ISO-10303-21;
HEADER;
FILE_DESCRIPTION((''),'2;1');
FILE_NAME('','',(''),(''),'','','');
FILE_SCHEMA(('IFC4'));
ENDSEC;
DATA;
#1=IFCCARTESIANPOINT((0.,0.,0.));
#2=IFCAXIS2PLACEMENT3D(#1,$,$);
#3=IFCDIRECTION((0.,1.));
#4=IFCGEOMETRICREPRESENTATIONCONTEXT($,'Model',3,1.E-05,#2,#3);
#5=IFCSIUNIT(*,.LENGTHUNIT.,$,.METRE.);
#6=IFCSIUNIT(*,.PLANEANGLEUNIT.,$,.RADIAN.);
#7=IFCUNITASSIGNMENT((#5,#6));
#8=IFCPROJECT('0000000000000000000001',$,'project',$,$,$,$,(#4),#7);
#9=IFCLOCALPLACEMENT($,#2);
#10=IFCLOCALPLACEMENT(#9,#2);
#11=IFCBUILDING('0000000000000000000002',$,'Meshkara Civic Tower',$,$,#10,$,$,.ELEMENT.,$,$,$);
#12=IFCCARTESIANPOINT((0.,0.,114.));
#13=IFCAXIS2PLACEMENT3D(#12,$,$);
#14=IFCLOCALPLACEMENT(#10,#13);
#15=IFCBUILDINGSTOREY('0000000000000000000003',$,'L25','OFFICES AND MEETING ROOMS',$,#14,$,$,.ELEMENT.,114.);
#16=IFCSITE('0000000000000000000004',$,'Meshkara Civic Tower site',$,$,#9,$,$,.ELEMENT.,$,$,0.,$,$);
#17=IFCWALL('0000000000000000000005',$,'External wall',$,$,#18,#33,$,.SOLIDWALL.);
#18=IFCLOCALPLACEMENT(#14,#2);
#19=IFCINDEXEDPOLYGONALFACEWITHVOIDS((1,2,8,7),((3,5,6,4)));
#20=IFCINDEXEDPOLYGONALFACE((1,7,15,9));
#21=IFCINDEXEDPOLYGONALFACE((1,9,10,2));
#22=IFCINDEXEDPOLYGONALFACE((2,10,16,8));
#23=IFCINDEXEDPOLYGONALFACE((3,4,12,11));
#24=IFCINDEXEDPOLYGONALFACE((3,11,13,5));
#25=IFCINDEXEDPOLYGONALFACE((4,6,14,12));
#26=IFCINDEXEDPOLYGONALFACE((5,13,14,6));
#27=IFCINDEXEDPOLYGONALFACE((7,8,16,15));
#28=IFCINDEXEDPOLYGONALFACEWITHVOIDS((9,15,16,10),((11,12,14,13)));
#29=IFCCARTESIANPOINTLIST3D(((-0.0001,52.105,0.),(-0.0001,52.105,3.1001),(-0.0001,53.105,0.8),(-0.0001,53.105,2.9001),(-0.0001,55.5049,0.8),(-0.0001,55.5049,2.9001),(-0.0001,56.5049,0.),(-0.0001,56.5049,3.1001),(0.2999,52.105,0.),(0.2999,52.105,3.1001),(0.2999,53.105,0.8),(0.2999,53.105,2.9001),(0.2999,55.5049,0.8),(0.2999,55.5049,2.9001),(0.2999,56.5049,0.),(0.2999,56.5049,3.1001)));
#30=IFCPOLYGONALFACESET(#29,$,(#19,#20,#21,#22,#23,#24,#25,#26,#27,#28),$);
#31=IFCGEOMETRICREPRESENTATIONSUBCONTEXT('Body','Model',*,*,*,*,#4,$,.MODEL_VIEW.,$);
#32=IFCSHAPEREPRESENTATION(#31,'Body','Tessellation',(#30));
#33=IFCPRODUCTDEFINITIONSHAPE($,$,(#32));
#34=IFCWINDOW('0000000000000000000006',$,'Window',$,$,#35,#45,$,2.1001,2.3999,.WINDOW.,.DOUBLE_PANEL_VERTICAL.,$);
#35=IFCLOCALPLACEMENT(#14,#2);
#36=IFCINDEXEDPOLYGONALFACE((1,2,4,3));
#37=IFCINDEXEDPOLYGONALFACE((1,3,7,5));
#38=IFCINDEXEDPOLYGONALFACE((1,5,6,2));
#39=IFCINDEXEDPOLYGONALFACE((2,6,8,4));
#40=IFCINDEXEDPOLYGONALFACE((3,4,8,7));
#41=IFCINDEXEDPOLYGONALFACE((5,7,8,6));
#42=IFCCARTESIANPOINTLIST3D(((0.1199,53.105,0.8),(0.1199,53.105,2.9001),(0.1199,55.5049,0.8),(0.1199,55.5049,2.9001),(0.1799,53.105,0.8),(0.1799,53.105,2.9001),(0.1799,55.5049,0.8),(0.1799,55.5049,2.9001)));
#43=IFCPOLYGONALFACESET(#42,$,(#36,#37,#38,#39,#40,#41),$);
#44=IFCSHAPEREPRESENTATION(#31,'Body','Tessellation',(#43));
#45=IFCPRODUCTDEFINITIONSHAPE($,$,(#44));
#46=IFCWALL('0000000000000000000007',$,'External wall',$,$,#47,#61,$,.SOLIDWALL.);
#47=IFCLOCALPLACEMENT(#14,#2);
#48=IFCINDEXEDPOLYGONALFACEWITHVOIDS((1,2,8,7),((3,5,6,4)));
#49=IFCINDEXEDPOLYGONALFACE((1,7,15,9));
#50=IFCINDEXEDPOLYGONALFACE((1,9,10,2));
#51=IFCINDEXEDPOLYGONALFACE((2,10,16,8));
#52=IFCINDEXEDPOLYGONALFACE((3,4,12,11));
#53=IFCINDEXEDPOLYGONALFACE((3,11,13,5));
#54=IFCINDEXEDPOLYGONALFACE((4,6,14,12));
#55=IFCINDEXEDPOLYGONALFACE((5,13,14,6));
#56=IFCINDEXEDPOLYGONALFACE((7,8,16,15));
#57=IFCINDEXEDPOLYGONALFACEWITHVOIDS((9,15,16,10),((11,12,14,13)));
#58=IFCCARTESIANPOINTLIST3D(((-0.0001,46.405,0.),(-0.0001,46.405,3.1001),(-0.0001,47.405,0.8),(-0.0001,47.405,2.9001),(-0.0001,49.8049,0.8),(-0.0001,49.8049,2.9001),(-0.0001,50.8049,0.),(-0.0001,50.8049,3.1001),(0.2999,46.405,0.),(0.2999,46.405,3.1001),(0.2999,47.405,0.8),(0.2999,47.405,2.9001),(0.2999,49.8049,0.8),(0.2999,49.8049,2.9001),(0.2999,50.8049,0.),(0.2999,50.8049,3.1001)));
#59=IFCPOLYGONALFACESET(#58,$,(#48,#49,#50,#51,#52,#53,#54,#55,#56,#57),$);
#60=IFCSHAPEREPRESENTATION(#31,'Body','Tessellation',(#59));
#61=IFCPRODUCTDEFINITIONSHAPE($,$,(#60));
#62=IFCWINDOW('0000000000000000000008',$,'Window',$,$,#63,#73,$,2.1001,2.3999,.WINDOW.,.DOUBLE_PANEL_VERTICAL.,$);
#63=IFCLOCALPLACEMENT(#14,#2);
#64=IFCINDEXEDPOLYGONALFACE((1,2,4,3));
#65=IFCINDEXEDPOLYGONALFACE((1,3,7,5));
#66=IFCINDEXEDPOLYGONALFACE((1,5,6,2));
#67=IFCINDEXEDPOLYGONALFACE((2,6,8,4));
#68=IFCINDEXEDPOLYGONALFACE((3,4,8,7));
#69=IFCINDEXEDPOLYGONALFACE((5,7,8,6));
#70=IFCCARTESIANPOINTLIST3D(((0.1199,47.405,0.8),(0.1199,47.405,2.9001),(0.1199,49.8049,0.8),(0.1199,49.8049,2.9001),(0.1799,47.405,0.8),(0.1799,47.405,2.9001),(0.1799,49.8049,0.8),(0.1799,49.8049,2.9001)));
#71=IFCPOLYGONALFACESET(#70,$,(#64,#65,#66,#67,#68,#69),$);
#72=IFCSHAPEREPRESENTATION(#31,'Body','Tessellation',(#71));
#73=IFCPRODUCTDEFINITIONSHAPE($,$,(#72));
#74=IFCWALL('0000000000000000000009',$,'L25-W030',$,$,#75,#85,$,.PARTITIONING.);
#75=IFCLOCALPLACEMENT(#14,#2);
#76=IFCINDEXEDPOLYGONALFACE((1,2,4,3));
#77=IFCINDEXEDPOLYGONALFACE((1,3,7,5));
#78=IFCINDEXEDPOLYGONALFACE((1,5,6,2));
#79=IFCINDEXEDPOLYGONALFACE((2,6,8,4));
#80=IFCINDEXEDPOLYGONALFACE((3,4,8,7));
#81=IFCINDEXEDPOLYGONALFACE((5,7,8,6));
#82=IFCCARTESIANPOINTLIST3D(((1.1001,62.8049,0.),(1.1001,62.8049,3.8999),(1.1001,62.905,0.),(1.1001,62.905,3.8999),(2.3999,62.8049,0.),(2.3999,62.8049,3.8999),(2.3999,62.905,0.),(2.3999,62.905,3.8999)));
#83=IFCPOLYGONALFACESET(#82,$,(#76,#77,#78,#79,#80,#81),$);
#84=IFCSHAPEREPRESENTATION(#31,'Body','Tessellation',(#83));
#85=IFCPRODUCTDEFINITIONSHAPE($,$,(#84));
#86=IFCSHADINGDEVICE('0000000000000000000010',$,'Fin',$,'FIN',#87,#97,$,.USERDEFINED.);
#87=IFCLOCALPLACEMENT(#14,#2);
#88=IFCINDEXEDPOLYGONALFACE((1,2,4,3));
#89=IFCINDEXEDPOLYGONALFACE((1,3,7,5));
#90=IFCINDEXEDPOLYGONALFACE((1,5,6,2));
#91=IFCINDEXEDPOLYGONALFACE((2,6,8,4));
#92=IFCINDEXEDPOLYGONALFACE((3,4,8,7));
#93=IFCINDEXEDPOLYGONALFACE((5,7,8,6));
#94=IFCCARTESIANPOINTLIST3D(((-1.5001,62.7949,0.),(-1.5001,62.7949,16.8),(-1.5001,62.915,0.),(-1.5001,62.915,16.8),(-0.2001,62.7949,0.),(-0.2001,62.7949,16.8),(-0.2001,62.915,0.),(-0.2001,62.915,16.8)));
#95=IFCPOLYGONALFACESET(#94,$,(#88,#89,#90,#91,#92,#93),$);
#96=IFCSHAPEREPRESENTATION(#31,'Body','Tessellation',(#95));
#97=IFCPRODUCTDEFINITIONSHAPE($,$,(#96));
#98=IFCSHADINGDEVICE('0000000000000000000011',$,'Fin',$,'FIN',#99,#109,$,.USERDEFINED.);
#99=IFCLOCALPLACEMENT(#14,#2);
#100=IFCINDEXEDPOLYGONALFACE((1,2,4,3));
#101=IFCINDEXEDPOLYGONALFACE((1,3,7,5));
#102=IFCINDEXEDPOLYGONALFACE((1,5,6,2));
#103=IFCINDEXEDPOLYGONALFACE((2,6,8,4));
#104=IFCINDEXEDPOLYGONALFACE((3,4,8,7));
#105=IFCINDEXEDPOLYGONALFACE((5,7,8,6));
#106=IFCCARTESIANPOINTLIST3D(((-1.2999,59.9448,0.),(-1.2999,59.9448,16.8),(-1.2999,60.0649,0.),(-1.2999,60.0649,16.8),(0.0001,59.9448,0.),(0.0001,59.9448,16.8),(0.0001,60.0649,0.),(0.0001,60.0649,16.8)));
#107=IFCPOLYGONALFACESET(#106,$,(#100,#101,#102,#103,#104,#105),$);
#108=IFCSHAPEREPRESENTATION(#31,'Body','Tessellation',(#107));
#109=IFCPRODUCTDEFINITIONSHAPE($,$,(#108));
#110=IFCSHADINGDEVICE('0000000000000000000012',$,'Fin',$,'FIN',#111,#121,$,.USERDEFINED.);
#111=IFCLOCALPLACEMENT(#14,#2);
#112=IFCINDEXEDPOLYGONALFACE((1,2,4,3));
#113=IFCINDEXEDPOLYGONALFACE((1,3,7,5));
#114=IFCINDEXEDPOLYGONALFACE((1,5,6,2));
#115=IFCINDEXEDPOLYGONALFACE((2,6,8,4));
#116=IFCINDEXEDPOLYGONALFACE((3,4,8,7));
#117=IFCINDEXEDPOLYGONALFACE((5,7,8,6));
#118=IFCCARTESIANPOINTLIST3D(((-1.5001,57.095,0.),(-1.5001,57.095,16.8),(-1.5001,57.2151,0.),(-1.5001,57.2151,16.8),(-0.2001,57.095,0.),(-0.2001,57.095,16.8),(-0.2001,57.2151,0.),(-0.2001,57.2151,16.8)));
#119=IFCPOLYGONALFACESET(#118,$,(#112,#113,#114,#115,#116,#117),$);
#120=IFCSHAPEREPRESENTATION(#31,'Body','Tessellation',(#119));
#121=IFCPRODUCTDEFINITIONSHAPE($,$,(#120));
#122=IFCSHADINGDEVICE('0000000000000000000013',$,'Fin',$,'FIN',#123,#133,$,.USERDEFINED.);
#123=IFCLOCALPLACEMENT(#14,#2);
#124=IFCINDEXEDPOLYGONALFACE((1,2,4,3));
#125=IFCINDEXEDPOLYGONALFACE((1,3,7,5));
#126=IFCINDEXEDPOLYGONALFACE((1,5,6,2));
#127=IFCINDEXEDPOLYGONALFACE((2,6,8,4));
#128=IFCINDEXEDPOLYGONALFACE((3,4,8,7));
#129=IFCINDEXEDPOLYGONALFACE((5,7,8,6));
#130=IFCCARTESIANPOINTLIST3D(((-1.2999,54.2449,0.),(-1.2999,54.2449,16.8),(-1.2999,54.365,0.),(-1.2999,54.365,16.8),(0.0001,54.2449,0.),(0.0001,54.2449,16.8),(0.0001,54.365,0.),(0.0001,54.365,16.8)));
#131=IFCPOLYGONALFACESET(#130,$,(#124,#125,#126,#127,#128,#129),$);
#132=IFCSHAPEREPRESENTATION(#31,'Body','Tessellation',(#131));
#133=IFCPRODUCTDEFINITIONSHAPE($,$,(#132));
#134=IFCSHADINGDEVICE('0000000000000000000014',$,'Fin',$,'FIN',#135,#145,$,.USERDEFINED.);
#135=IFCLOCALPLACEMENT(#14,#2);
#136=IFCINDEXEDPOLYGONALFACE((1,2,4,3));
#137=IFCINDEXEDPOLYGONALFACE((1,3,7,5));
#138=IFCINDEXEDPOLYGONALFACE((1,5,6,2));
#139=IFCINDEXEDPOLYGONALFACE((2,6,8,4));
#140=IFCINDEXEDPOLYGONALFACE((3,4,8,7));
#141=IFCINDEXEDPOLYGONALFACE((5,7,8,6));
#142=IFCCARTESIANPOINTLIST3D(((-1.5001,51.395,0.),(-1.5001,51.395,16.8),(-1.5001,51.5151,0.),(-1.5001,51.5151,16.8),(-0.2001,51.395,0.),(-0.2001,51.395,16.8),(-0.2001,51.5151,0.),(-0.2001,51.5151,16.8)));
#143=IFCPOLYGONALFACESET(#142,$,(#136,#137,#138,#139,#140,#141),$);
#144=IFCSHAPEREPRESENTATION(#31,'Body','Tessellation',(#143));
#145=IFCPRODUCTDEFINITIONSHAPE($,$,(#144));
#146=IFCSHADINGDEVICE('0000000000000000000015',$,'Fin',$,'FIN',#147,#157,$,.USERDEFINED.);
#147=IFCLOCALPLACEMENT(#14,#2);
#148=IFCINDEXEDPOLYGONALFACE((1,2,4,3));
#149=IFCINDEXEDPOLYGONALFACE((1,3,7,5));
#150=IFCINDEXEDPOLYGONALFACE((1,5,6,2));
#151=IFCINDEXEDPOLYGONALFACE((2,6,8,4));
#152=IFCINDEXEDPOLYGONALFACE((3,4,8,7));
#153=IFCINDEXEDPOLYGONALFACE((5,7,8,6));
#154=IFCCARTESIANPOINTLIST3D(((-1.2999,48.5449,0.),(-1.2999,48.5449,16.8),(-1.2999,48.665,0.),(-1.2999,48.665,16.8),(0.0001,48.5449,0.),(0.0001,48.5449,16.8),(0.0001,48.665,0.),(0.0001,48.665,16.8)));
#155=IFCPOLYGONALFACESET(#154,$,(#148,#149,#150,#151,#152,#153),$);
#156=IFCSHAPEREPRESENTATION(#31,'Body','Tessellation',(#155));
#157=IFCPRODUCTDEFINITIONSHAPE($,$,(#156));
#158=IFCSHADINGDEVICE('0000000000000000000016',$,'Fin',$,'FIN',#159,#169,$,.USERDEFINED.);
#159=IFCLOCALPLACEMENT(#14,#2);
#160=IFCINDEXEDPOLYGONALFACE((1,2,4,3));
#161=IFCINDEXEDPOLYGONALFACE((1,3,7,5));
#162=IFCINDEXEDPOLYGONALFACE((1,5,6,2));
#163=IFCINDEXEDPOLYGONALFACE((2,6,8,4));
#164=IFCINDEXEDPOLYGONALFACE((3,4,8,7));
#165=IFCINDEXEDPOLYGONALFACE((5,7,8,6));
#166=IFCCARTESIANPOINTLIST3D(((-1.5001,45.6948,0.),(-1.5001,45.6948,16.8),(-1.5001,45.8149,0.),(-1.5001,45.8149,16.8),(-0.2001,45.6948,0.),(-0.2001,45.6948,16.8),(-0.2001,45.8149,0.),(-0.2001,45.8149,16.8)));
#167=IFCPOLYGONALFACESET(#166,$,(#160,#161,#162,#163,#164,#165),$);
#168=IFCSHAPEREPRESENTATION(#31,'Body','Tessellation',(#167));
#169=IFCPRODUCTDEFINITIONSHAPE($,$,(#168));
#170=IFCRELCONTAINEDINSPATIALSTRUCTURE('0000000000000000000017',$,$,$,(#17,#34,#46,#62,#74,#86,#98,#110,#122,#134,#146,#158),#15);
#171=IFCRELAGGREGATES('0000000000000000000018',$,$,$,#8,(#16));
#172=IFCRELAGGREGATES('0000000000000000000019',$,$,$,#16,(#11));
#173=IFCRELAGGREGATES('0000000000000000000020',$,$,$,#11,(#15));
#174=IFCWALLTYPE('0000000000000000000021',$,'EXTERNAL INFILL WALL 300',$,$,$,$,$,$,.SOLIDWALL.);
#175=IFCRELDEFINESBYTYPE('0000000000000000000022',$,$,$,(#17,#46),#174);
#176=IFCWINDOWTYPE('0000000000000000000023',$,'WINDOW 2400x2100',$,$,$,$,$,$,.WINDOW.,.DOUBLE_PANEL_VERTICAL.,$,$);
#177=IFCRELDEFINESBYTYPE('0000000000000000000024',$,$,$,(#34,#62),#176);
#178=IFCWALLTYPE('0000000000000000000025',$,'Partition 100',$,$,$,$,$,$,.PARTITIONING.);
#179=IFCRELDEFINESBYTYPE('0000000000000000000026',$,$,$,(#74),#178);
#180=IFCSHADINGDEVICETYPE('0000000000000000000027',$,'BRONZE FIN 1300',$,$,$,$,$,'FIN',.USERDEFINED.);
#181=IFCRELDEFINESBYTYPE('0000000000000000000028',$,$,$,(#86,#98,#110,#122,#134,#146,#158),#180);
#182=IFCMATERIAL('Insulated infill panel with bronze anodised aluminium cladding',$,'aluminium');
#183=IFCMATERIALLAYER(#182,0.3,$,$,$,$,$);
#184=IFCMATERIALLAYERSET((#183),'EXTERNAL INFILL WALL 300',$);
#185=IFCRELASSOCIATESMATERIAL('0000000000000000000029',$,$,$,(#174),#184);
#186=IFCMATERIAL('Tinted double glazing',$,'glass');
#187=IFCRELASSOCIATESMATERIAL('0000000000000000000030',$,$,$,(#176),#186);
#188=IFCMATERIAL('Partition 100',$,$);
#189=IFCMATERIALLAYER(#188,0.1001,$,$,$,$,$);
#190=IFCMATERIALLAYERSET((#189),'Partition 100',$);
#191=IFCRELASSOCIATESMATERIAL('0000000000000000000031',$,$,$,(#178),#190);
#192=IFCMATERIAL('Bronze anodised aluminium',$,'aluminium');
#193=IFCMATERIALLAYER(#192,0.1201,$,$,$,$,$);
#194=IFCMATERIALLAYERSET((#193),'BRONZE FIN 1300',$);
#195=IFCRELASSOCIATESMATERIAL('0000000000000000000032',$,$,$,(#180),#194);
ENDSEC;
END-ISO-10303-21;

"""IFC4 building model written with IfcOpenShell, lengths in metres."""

from ifc_helpers import new_model, si_unit, direction, frame, frame_2d, origin, origin_2d, place, context, subcontext, project, spatial, rectangle, extrude, material, layer, layer_set, type_object, element, fill, save


model = new_model("IFC4")

# Units and contexts
model_context = context("Model", 3, precision=1e-05, world=origin(), true_north=direction((0.0, 1.0)))
body_context = subcontext(model_context, "Body", "Model", "MODEL_VIEW")
ifc_project = project(units=[si_unit("LENGTHUNIT", "METRE"), si_unit("PLANEANGLEUNIT", "RADIAN")], contexts=[model_context])

# Site, building, storey
site_placement = place(None, origin())
site = spatial("IfcSite", under=ifc_project, at=site_placement, Name="Meshkara Civic Tower site", CompositionType="ELEMENT", RefElevation=0.0)
building_placement = place(site_placement, origin())
building = spatial("IfcBuilding", under=site, at=building_placement, Name="Meshkara Civic Tower", CompositionType="ELEMENT")
storey_placement = place(building_placement, frame((0.0, 0.0, 114.0)))
storey = spatial("IfcBuildingStorey", under=building, at=storey_placement, Name="L25", Description="OFFICES AND MEETING ROOMS", CompositionType="ELEMENT", Elevation=114.0)

# Walls, openings, windows
ifc_material_1 = material(Name="Insulated infill panel with bronze anodised aluminium cladding", Category="aluminium")
ifc_layer_1 = layer(ifc_material_1, 0.3)
ifc_layer_set_1 = layer_set([ifc_layer_1], Name="EXTERNAL INFILL WALL 300")
wall_type_1 = type_object("IfcWallType", Name="EXTERNAL INFILL WALL 300", PredefinedType="SOLIDWALL", material=ifc_layer_set_1)
ifc_material_2 = material(Name="Tinted double glazing", Category="glass")
window_type = type_object("IfcWindowType", Name="WINDOW 2400x2100", PartitioningType="DOUBLE_PANEL_VERTICAL", PredefinedType="WINDOW", material=ifc_material_2)
wall_1_placement = place(storey_placement, frame((0.1499, 56.5049, 0.0), z_axis=(0.0, 0.0, 1.0), x_axis=(0.0, -1.0, 0.0)))
wall_1 = element("IfcWall", 1, at=wall_1_placement, inside=storey, type_object=wall_type_1, Name="External wall", PredefinedType="SOLIDWALL", context=body_context, shape_type="SweptSolid", body=[
    extrude(rectangle(XDim=4.3999, YDim=0.3, at=frame_2d((2.2, 0.0))), origin(), (0.0, 0.0, 1.0), 3.1001),
])
opening_1_placement = place(wall_1_placement, frame((1.0, 0.0, 0.8)))
opening_1 = element("IfcOpeningElement", 2, at=opening_1_placement, cuts=wall_1, PredefinedType="OPENING", context=body_context, shape_type="SweptSolid", body=[
    extrude(rectangle(XDim=2.3999, YDim=2.1001, at=frame_2d((1.2, 1.05))), frame((0.0, 0.1599, 0.0), z_axis=(0.0, -1.0, 0.0), x_axis=(1.0, 0.0, 0.0)), (0.0, 0.0, 1.0), 0.3201),
])
window_1_placement = place(opening_1_placement, origin())
window_1 = element("IfcWindow", 3, at=window_1_placement, inside=storey, type_object=window_type, Name="Window", OverallHeight=2.1001, OverallWidth=2.3999, PartitioningType="DOUBLE_PANEL_VERTICAL", PredefinedType="WINDOW", context=body_context, shape_type="SweptSolid", body=[
    extrude(rectangle(XDim=2.3999, YDim=2.1001, at=frame_2d((1.2, 1.05))), frame((0.0, 0.03, 0.0), z_axis=(0.0, -1.0, 0.0), x_axis=(1.0, 0.0, 0.0)), (0.0, 0.0, 1.0), 0.0601),
])
fill(opening_1, window_1)
wall_2_placement = place(storey_placement, frame((0.1499, 50.8049, 0.0), z_axis=(0.0, 0.0, 1.0), x_axis=(0.0, -1.0, 0.0)))
wall_2 = element("IfcWall", 4, at=wall_2_placement, inside=storey, type_object=wall_type_1, Name="External wall", PredefinedType="SOLIDWALL", context=body_context, shape_type="SweptSolid", body=[
    extrude(rectangle(XDim=4.3999, YDim=0.3, at=frame_2d((2.2, 0.0))), origin(), (0.0, 0.0, 1.0), 3.1001),
])
opening_2_placement = place(wall_2_placement, frame((1.0, 0.0, 0.8)))
opening_2 = element("IfcOpeningElement", 5, at=opening_2_placement, cuts=wall_2, PredefinedType="OPENING", context=body_context, shape_type="SweptSolid", body=[
    extrude(rectangle(XDim=2.3999, YDim=2.1001, at=frame_2d((1.2, 1.05))), frame((0.0, 0.1599, 0.0), z_axis=(0.0, -1.0, 0.0), x_axis=(1.0, 0.0, 0.0)), (0.0, 0.0, 1.0), 0.3201),
])
window_2_placement = place(opening_2_placement, origin())
window_2 = element("IfcWindow", 6, at=window_2_placement, inside=storey, type_object=window_type, Name="Window", OverallHeight=2.1001, OverallWidth=2.3999, PartitioningType="DOUBLE_PANEL_VERTICAL", PredefinedType="WINDOW", context=body_context, shape_type="SweptSolid", body=[
    extrude(rectangle(XDim=2.3999, YDim=2.1001, at=frame_2d((1.2, 1.05))), frame((0.0, 0.03, 0.0), z_axis=(0.0, -1.0, 0.0), x_axis=(1.0, 0.0, 0.0)), (0.0, 0.0, 1.0), 0.0601),
])
fill(opening_2, window_2)

# Wall
ifc_material_3 = material(Name="Partition 100")
ifc_layer_2 = layer(ifc_material_3, 0.1001)
ifc_layer_set_2 = layer_set([ifc_layer_2], Name="Partition 100")
wall_type_2 = type_object("IfcWallType", Name="Partition 100", PredefinedType="PARTITIONING", material=ifc_layer_set_2)
wall_3_placement = place(storey_placement, frame((2.3999, 62.855, 0.0), z_axis=(0.0, 0.0, 1.0), x_axis=(-1.0, 0.0, 0.0)))
element("IfcWall", 7, at=wall_3_placement, inside=storey, type_object=wall_type_2, Name="L25-W030", PredefinedType="PARTITIONING", context=body_context, shape_type="SweptSolid", body=[
    extrude(rectangle(XDim=1.2998, YDim=0.1001, at=frame_2d((0.6499, 0.0))), origin(), (0.0, 0.0, 1.0), 3.8999),
])

# Shading devices
ifc_material_4 = material(Name="Bronze anodised aluminium", Category="aluminium")
ifc_layer_3 = layer(ifc_material_4, 0.1201)
ifc_layer_set_3 = layer_set([ifc_layer_3], Name="BRONZE FIN 1300")
shading_device_type = type_object("IfcShadingDeviceType", Name="BRONZE FIN 1300", ElementType="FIN", PredefinedType="USERDEFINED", material=ifc_layer_set_3)
for number, where, z_axis, x_axis, name in (
    (8, (-0.8501, 62.855, 0.0), (0.0, 0.0, 1.0), (0.0, -1.0, 0.0), "Fin"),
    (9, (-0.6499, 60.0049, 0.0), (0.0, 0.0, 1.0), (0.0, -1.0, 0.0), "Fin"),
    (10, (-0.8501, 57.155, 0.0), (0.0, 0.0, 1.0), (0.0, -1.0, 0.0), "Fin"),
    (11, (-0.6499, 54.3049, 0.0), (0.0, 0.0, 1.0), (0.0, -1.0, 0.0), "Fin"),
    (12, (-0.8501, 51.4551, 0.0), (0.0, 0.0, 1.0), (0.0, -1.0, 0.0), "Fin"),
    (13, (-0.6499, 48.605, 0.0), (0.0, 0.0, 1.0), (0.0, -1.0, 0.0), "Fin"),
    (14, (-0.8501, 45.7549, 0.0), (0.0, 0.0, 1.0), (0.0, -1.0, 0.0), "Fin"),
):
    element("IfcShadingDevice", number, at=place(storey_placement, frame(where, z_axis=z_axis, x_axis=x_axis)), inside=storey, type_object=shading_device_type, Name=name, ObjectType="FIN", PredefinedType="USERDEFINED", context=body_context, shape_type="SweptSolid", body=[
        extrude(rectangle(XDim=0.1201, YDim=1.3, at=origin_2d()), origin(), (0.0, 0.0, 1.0), 16.8),
    ])

save(model, "model.ifc")
